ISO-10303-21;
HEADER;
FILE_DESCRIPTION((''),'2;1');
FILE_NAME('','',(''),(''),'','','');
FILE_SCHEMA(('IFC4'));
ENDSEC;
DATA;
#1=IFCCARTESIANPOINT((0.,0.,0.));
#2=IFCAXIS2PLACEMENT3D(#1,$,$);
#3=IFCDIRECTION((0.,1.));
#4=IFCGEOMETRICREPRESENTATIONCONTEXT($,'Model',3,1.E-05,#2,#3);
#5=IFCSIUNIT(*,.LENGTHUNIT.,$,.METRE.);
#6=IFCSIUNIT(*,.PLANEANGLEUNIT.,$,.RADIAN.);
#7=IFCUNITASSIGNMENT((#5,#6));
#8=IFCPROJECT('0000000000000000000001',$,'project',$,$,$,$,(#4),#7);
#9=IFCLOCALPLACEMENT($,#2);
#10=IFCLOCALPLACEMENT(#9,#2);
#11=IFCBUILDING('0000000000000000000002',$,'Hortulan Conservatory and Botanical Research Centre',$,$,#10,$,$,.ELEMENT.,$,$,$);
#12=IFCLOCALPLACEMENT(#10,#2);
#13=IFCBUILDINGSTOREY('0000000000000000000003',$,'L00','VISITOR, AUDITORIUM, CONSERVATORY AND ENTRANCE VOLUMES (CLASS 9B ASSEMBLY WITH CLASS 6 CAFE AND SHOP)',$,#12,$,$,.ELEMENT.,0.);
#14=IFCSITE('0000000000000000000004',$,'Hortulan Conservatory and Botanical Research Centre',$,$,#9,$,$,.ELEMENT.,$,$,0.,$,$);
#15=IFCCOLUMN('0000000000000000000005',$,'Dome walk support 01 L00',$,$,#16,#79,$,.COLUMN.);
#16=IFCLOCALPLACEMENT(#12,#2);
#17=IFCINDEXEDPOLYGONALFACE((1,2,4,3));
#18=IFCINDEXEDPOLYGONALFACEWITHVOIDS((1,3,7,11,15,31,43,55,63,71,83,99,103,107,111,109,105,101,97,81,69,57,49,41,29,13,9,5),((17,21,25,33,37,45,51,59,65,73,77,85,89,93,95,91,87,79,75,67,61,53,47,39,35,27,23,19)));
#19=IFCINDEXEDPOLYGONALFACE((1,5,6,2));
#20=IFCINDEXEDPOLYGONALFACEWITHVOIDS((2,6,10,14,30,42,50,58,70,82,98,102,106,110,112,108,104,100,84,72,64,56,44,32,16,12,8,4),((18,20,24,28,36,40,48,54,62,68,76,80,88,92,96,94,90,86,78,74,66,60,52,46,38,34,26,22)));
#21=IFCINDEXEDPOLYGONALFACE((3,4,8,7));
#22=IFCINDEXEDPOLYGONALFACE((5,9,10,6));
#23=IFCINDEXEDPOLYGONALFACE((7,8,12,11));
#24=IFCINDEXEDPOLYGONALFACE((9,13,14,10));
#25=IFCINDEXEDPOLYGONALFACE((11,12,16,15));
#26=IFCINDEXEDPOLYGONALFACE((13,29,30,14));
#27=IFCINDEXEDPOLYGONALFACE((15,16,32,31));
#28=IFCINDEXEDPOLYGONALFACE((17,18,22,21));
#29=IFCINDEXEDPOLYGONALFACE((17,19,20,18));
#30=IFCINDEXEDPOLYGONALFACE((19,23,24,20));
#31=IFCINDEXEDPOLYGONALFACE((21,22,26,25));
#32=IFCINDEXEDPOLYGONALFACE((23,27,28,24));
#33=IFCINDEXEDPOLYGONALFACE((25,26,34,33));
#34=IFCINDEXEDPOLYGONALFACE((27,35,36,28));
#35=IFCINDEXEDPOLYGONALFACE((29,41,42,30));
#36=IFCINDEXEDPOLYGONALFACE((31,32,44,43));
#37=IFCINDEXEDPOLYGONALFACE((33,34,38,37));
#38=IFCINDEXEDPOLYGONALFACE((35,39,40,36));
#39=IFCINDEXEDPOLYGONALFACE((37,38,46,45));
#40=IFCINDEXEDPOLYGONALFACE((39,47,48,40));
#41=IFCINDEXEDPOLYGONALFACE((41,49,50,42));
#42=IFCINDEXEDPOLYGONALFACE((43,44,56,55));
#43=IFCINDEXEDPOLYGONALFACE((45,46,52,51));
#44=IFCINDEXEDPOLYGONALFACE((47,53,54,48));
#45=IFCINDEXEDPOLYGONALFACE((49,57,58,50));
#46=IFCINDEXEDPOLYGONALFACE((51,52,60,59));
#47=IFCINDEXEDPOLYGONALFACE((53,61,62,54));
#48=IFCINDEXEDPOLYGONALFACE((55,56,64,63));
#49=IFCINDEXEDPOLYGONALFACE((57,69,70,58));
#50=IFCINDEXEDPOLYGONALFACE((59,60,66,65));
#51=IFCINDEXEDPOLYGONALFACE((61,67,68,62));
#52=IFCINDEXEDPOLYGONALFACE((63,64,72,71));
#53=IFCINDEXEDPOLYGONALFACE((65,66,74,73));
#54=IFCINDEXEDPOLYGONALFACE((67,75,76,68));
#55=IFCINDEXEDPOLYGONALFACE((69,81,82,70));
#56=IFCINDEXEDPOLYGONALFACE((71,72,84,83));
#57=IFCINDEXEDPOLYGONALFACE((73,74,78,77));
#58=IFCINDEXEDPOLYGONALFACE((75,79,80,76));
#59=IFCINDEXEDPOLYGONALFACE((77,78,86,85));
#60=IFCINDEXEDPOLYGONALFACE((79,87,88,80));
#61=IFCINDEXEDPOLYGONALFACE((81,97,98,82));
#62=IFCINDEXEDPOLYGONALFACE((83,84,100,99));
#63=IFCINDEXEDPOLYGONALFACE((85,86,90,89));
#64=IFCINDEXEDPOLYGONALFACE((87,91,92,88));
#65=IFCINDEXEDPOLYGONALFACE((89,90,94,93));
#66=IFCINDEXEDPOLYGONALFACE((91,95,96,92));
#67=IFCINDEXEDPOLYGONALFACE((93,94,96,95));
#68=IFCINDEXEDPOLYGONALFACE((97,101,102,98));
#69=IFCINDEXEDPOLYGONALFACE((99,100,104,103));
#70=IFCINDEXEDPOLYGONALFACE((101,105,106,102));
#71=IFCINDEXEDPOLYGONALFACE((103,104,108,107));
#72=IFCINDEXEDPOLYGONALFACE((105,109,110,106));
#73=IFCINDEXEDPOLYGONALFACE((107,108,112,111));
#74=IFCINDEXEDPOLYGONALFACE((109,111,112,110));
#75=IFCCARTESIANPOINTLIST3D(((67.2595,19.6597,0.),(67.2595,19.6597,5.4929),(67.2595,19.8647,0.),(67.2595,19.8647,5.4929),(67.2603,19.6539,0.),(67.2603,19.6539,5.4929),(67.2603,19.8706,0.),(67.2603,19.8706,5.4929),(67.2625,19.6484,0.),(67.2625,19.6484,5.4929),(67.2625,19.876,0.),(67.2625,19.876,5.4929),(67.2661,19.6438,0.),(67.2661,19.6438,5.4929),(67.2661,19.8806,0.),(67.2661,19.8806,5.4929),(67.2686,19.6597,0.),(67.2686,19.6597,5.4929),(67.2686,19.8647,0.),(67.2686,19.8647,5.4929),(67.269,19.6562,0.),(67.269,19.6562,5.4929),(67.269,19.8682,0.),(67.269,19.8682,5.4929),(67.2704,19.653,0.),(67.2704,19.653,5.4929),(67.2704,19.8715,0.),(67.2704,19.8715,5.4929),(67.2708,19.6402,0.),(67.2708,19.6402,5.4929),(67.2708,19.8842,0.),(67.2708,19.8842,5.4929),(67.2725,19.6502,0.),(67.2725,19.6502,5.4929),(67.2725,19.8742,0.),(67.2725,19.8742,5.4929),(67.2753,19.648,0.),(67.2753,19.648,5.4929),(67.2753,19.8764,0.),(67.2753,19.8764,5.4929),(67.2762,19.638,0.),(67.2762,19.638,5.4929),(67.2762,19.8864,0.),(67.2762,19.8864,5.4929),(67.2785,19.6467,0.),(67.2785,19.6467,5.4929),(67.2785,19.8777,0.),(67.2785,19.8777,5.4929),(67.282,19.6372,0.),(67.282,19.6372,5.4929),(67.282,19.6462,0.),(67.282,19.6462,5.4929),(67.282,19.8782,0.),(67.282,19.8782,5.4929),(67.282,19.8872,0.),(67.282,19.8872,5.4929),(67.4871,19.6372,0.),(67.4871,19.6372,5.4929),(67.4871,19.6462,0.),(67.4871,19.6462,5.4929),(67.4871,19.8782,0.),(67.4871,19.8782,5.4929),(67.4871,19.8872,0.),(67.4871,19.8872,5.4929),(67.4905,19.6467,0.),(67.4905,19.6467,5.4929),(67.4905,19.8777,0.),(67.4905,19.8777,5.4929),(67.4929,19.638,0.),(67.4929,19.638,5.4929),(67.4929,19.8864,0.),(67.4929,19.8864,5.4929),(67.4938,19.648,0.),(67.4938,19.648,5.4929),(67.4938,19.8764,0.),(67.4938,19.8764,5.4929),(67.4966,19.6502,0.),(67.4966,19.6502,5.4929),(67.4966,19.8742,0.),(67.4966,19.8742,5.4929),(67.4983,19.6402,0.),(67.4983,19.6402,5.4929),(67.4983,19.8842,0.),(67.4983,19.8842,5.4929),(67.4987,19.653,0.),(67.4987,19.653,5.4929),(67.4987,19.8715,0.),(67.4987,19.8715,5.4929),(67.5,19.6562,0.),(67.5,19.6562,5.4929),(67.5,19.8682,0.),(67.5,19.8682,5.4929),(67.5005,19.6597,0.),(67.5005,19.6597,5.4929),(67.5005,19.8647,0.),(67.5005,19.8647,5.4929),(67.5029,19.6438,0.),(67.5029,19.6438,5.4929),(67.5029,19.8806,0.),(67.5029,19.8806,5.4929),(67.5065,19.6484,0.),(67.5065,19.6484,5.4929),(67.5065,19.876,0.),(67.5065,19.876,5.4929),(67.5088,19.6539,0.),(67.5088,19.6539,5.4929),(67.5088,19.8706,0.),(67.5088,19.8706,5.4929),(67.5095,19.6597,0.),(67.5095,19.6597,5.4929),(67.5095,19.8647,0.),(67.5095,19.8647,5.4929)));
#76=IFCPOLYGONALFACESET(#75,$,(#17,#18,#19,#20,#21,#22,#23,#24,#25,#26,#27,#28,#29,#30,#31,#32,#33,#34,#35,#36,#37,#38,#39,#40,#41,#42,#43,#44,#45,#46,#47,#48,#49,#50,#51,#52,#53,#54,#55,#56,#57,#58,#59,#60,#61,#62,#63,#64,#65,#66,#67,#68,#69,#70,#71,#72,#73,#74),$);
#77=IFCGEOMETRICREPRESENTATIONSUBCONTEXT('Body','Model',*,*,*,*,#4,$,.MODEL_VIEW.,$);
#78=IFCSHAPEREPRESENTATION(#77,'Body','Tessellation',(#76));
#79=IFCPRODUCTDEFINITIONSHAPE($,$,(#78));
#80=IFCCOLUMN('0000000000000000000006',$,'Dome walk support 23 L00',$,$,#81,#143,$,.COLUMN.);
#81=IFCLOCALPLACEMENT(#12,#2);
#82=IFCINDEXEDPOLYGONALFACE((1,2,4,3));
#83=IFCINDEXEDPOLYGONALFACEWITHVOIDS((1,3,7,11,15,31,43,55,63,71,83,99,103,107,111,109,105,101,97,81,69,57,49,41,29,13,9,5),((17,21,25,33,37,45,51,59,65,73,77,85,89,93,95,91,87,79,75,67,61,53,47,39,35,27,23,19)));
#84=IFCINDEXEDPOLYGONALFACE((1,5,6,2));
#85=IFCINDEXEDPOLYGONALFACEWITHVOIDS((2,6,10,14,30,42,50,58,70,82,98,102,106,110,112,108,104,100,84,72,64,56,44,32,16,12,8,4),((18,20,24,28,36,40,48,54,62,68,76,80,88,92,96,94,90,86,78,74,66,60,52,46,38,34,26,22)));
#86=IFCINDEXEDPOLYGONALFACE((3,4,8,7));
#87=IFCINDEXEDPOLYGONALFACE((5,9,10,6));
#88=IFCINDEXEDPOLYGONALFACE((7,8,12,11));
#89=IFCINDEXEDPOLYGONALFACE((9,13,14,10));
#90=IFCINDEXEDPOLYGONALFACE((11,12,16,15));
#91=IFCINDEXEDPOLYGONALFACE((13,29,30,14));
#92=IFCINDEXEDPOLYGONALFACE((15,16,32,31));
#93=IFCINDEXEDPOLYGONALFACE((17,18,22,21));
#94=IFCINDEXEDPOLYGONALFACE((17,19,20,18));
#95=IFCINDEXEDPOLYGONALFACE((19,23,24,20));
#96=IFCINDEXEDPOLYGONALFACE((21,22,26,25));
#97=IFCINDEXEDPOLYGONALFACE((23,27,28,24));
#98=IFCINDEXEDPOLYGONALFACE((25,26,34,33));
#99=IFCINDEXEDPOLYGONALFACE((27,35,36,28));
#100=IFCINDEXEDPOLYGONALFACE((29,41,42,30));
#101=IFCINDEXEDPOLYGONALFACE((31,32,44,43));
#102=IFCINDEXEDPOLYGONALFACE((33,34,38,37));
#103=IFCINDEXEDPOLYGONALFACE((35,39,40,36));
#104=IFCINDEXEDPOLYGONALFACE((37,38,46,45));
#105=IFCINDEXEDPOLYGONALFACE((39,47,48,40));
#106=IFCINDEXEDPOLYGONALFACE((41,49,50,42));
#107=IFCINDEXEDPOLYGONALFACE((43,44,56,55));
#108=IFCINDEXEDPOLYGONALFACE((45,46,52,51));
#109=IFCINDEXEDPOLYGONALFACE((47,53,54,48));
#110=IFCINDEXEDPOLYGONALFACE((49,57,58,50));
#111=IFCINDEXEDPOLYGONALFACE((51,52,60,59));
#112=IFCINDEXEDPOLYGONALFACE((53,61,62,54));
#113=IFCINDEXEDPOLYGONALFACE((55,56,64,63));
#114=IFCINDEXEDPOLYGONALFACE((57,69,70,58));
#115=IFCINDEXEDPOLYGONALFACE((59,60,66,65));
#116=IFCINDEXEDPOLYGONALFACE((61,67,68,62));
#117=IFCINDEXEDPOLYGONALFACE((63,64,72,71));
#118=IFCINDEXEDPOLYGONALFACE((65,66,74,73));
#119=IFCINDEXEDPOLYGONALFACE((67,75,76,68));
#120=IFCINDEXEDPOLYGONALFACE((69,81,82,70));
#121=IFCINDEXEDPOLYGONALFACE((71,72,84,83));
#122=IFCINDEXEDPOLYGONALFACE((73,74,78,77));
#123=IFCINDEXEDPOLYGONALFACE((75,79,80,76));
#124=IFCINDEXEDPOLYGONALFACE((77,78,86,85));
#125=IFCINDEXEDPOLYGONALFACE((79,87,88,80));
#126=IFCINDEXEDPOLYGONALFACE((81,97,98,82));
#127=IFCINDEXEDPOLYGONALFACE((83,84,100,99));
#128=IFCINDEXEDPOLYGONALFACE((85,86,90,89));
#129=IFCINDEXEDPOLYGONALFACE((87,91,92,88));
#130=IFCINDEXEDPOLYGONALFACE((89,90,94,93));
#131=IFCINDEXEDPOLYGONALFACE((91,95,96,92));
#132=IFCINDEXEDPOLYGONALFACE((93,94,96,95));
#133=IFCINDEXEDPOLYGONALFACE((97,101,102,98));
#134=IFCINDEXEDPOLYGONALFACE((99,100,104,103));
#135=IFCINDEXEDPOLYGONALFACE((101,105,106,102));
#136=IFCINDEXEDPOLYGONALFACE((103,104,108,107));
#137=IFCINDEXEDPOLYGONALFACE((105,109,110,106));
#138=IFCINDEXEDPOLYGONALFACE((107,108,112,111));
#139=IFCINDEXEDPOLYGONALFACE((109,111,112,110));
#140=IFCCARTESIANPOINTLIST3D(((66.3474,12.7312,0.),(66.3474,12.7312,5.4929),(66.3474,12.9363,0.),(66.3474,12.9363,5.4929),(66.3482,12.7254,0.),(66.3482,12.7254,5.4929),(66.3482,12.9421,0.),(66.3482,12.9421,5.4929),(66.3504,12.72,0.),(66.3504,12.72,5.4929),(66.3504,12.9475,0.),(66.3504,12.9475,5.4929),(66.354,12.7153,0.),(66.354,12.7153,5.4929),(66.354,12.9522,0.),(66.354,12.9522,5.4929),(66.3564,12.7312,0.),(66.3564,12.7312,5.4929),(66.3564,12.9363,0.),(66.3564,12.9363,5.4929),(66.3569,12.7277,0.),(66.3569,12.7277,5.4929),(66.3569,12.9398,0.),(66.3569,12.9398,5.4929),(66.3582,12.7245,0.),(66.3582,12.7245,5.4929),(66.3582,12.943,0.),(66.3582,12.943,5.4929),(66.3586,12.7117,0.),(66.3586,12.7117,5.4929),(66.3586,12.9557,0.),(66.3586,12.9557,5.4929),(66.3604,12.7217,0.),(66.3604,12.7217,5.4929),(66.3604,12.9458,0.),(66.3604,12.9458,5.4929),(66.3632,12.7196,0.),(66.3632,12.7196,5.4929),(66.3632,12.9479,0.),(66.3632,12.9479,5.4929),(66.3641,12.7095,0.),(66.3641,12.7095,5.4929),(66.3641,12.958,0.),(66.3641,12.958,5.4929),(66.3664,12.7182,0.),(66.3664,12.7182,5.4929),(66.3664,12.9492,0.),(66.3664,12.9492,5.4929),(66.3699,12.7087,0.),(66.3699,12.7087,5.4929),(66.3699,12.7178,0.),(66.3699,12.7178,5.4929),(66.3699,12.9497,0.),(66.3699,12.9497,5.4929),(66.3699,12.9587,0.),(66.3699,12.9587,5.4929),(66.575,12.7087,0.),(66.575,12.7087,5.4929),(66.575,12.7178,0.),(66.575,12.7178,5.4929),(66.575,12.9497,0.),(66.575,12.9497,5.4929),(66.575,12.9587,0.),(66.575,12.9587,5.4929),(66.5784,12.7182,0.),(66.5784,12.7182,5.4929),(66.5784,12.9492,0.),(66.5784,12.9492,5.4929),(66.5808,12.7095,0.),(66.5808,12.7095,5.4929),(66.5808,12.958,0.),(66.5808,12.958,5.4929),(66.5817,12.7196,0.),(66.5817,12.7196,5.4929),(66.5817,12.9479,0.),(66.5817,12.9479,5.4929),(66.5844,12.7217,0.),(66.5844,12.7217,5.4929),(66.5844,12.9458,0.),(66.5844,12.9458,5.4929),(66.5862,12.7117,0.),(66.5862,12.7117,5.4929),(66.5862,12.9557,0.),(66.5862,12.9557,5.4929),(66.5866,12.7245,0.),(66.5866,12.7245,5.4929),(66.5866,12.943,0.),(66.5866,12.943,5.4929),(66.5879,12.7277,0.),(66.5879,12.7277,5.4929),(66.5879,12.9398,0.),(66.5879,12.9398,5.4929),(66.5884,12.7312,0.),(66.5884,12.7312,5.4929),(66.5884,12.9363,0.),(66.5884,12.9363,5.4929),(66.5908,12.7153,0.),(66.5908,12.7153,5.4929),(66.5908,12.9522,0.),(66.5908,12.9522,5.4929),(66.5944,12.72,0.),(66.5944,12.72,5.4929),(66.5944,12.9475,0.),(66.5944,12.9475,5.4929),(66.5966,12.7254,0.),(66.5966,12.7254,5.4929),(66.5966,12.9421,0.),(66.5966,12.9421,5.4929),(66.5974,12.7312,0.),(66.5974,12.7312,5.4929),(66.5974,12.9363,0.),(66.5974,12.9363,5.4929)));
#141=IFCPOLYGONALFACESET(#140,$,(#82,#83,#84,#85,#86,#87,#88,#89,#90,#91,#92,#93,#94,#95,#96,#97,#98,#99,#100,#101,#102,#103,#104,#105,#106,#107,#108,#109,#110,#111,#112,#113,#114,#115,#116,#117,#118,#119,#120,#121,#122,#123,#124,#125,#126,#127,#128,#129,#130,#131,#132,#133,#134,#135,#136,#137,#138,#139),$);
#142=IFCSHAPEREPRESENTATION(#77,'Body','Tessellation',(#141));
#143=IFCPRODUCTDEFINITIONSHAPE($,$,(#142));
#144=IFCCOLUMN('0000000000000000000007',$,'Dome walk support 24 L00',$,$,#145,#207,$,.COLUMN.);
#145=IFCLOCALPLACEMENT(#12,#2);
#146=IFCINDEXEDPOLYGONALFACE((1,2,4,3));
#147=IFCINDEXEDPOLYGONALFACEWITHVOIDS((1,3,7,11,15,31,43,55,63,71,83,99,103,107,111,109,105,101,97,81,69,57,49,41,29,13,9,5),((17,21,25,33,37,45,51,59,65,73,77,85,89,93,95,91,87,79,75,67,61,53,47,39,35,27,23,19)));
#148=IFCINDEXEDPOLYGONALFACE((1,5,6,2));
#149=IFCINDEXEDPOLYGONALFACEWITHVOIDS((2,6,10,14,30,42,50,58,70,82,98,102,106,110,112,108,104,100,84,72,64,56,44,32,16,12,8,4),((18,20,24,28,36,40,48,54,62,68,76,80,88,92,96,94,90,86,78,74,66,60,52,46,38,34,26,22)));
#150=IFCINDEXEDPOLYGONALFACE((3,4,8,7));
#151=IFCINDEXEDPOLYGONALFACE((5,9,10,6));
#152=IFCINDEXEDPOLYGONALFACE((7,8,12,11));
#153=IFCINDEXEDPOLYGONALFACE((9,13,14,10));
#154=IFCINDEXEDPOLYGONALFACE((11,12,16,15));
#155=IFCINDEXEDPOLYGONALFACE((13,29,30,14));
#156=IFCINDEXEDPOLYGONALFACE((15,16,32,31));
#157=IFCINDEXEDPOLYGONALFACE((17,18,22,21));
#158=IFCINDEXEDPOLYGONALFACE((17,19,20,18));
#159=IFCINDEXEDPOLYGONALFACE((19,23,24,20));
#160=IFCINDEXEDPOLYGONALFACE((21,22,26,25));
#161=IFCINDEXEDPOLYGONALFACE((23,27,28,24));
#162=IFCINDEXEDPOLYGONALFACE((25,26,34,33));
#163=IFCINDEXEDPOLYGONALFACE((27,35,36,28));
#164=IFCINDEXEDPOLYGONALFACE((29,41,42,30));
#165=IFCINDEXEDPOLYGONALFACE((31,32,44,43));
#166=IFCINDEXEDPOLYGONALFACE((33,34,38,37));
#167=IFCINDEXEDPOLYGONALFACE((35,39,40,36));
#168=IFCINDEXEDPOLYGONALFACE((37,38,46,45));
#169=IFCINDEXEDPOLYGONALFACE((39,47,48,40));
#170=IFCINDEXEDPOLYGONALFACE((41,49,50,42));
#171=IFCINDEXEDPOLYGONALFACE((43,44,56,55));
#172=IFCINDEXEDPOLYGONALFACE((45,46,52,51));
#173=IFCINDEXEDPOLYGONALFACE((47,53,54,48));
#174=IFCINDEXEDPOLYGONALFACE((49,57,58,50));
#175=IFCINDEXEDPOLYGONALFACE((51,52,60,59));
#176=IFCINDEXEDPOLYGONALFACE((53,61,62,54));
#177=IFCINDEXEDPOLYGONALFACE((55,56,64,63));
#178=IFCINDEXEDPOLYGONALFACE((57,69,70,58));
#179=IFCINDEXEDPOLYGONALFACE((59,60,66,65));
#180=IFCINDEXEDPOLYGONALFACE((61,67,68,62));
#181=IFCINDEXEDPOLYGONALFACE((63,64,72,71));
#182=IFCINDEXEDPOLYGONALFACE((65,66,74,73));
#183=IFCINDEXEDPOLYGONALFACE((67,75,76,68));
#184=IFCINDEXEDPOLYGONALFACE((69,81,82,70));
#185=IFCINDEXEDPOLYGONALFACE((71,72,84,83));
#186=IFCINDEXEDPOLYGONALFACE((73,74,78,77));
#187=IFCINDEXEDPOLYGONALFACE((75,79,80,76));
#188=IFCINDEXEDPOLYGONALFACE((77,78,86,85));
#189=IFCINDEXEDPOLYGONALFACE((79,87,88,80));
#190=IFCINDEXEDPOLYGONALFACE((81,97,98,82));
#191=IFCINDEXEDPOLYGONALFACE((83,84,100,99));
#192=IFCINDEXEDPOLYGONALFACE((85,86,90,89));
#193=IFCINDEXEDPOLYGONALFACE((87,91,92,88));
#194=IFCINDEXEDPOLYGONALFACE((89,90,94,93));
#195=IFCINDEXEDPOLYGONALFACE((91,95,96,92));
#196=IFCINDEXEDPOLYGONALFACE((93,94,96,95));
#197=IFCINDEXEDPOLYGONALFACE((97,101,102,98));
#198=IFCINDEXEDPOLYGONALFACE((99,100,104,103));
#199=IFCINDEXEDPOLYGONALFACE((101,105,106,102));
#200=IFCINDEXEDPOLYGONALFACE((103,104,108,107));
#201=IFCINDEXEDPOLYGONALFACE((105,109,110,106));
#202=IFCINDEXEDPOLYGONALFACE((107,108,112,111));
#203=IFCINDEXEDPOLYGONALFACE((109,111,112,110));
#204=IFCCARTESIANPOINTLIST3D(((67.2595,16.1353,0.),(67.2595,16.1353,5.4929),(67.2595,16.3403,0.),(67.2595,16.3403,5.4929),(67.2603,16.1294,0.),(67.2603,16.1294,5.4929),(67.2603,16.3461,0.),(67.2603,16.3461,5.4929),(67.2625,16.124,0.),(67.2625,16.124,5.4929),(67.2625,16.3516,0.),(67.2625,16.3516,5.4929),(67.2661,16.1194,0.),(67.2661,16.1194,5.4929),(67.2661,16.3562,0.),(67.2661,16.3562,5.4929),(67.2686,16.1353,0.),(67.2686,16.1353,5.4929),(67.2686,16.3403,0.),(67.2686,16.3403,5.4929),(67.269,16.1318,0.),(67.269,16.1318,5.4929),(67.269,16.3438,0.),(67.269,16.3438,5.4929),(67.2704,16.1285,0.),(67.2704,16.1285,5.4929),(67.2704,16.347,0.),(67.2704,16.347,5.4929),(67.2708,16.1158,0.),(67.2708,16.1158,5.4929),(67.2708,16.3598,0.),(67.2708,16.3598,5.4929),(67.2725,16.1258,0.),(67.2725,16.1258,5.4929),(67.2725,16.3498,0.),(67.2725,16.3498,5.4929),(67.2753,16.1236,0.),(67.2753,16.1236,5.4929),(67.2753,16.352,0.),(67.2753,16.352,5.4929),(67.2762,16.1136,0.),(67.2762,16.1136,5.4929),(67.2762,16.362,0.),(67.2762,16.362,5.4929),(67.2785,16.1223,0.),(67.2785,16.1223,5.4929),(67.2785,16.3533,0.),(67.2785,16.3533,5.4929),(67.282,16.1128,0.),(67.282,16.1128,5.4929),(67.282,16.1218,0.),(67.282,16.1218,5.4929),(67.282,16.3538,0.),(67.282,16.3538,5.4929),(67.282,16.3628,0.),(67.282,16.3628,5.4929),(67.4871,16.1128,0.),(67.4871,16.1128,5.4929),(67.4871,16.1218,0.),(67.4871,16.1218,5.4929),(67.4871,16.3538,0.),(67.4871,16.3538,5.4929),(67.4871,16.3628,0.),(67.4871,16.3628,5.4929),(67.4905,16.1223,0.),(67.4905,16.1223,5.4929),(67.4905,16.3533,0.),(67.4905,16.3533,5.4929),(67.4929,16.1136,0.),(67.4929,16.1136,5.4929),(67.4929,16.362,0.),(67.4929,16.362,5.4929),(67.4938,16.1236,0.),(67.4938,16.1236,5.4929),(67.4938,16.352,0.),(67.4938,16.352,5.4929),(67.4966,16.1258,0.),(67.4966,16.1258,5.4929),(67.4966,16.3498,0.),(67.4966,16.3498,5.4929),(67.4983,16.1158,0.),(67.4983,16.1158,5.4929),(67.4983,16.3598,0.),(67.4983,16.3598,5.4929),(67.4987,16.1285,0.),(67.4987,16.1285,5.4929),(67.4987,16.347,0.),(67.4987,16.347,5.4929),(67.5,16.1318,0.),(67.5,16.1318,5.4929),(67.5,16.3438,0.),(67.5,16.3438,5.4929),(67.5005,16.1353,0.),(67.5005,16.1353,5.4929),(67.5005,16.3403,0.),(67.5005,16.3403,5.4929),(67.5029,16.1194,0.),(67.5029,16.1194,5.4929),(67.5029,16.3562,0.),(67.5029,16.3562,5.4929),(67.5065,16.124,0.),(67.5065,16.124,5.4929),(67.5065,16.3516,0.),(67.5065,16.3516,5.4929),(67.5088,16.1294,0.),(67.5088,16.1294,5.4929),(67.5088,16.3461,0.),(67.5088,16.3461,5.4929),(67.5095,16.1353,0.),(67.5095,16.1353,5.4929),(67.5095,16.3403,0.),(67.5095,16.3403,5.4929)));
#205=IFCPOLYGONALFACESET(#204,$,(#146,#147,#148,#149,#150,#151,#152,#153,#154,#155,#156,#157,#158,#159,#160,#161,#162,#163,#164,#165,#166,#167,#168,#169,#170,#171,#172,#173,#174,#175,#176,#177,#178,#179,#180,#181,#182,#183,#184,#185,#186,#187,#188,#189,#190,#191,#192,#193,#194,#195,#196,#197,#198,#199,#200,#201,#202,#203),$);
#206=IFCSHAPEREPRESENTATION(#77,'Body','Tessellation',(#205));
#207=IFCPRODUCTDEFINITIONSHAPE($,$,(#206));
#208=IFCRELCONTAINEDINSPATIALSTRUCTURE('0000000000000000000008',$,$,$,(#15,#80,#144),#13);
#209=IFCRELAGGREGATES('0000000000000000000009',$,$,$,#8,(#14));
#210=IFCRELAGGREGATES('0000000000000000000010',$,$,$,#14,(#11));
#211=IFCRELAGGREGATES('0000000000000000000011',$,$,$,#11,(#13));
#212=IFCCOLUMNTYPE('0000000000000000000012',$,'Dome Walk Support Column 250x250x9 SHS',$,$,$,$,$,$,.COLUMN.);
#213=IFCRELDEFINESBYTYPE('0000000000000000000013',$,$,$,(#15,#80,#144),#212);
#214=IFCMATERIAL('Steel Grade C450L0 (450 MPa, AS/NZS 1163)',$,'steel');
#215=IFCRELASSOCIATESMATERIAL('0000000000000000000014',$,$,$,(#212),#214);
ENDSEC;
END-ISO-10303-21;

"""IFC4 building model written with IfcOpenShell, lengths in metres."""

from ifc_helpers import new_model, si_unit, direction, frame, origin, origin_2d, place, context, subcontext, project, spatial, hollow_rectangle, extrude, material, material_profile, profile_set, type_object, element, save


model = new_model("IFC4")

# Units and contexts
model_context = context("Model", 3, precision=1e-05, world=origin(), true_north=direction((0.0, 1.0)))
body_context = subcontext(model_context, "Body", "Model", "MODEL_VIEW")
ifc_project = project(units=[si_unit("LENGTHUNIT", "METRE"), si_unit("PLANEANGLEUNIT", "RADIAN")], contexts=[model_context])

# Site, building, storey
site_placement = place(None, origin())
site = spatial("IfcSite", under=ifc_project, at=site_placement, Name="Hortulan Conservatory and Botanical Research Centre", CompositionType="ELEMENT", RefElevation=0.0)
building_placement = place(site_placement, origin())
building = spatial("IfcBuilding", under=site, at=building_placement, Name="Hortulan Conservatory and Botanical Research Centre", CompositionType="ELEMENT")
storey_placement = place(building_placement, origin())
storey = spatial("IfcBuildingStorey", under=building, at=storey_placement, Name="L00", Description="VISITOR, AUDITORIUM, CONSERVATORY AND ENTRANCE VOLUMES (CLASS 9B ASSEMBLY WITH CLASS 6 CAFE AND SHOP)", CompositionType="ELEMENT", Elevation=0.0)

# Columns
ifc_material_1 = material(Name="Steel Grade C450L0 (450 MPa, AS/NZS 1163)", Category="steel")
ifc_material_profile_1 = material_profile(ifc_material_1, hollow_rectangle(XDim=0.25, YDim=0.25, WallThickness=0.009, InnerFilletRadius=0.0134, OuterFilletRadius=0.0225, at=origin_2d()), Name="250x250x9SHS")
ifc_profile_set_1 = profile_set([ifc_material_profile_1], Name="Steel Grade C450L0 (450 MPa, AS/NZS 1163)")
column_type = type_object("IfcColumnType", Name="Dome Walk Support Column 250x250x9 SHS", PredefinedType="COLUMN", material=ifc_profile_set_1)
for number, where, z_axis, x_axis, name in (
    (1, (67.3845, 19.7622, 0.0), (0.0, 0.0, 1.0), (1.0, 0.0, 0.0), "Dome walk support 01 L00"),
    (2, (66.4724, 12.8337, 0.0), (0.0, 0.0, 1.0), (1.0, 0.0, 0.0), "Dome walk support 23 L00"),
    (3, (67.3845, 16.2378, 0.0), (0.0, 0.0, 1.0), (1.0, 0.0, 0.0), "Dome walk support 24 L00"),
):
    element("IfcColumn", number, at=place(storey_placement, frame(where, z_axis=z_axis, x_axis=x_axis)), inside=storey, type_object=column_type, Name=name, PredefinedType="COLUMN", context=body_context, shape_type="SweptSolid", body=[
        extrude(hollow_rectangle(XDim=0.25, YDim=0.25, WallThickness=0.009, InnerFilletRadius=0.0134, OuterFilletRadius=0.0225, at=origin_2d()), origin(), (0.0, 0.0, 1.0), 5.4929),
    ])

save(model, "model.ifc")
